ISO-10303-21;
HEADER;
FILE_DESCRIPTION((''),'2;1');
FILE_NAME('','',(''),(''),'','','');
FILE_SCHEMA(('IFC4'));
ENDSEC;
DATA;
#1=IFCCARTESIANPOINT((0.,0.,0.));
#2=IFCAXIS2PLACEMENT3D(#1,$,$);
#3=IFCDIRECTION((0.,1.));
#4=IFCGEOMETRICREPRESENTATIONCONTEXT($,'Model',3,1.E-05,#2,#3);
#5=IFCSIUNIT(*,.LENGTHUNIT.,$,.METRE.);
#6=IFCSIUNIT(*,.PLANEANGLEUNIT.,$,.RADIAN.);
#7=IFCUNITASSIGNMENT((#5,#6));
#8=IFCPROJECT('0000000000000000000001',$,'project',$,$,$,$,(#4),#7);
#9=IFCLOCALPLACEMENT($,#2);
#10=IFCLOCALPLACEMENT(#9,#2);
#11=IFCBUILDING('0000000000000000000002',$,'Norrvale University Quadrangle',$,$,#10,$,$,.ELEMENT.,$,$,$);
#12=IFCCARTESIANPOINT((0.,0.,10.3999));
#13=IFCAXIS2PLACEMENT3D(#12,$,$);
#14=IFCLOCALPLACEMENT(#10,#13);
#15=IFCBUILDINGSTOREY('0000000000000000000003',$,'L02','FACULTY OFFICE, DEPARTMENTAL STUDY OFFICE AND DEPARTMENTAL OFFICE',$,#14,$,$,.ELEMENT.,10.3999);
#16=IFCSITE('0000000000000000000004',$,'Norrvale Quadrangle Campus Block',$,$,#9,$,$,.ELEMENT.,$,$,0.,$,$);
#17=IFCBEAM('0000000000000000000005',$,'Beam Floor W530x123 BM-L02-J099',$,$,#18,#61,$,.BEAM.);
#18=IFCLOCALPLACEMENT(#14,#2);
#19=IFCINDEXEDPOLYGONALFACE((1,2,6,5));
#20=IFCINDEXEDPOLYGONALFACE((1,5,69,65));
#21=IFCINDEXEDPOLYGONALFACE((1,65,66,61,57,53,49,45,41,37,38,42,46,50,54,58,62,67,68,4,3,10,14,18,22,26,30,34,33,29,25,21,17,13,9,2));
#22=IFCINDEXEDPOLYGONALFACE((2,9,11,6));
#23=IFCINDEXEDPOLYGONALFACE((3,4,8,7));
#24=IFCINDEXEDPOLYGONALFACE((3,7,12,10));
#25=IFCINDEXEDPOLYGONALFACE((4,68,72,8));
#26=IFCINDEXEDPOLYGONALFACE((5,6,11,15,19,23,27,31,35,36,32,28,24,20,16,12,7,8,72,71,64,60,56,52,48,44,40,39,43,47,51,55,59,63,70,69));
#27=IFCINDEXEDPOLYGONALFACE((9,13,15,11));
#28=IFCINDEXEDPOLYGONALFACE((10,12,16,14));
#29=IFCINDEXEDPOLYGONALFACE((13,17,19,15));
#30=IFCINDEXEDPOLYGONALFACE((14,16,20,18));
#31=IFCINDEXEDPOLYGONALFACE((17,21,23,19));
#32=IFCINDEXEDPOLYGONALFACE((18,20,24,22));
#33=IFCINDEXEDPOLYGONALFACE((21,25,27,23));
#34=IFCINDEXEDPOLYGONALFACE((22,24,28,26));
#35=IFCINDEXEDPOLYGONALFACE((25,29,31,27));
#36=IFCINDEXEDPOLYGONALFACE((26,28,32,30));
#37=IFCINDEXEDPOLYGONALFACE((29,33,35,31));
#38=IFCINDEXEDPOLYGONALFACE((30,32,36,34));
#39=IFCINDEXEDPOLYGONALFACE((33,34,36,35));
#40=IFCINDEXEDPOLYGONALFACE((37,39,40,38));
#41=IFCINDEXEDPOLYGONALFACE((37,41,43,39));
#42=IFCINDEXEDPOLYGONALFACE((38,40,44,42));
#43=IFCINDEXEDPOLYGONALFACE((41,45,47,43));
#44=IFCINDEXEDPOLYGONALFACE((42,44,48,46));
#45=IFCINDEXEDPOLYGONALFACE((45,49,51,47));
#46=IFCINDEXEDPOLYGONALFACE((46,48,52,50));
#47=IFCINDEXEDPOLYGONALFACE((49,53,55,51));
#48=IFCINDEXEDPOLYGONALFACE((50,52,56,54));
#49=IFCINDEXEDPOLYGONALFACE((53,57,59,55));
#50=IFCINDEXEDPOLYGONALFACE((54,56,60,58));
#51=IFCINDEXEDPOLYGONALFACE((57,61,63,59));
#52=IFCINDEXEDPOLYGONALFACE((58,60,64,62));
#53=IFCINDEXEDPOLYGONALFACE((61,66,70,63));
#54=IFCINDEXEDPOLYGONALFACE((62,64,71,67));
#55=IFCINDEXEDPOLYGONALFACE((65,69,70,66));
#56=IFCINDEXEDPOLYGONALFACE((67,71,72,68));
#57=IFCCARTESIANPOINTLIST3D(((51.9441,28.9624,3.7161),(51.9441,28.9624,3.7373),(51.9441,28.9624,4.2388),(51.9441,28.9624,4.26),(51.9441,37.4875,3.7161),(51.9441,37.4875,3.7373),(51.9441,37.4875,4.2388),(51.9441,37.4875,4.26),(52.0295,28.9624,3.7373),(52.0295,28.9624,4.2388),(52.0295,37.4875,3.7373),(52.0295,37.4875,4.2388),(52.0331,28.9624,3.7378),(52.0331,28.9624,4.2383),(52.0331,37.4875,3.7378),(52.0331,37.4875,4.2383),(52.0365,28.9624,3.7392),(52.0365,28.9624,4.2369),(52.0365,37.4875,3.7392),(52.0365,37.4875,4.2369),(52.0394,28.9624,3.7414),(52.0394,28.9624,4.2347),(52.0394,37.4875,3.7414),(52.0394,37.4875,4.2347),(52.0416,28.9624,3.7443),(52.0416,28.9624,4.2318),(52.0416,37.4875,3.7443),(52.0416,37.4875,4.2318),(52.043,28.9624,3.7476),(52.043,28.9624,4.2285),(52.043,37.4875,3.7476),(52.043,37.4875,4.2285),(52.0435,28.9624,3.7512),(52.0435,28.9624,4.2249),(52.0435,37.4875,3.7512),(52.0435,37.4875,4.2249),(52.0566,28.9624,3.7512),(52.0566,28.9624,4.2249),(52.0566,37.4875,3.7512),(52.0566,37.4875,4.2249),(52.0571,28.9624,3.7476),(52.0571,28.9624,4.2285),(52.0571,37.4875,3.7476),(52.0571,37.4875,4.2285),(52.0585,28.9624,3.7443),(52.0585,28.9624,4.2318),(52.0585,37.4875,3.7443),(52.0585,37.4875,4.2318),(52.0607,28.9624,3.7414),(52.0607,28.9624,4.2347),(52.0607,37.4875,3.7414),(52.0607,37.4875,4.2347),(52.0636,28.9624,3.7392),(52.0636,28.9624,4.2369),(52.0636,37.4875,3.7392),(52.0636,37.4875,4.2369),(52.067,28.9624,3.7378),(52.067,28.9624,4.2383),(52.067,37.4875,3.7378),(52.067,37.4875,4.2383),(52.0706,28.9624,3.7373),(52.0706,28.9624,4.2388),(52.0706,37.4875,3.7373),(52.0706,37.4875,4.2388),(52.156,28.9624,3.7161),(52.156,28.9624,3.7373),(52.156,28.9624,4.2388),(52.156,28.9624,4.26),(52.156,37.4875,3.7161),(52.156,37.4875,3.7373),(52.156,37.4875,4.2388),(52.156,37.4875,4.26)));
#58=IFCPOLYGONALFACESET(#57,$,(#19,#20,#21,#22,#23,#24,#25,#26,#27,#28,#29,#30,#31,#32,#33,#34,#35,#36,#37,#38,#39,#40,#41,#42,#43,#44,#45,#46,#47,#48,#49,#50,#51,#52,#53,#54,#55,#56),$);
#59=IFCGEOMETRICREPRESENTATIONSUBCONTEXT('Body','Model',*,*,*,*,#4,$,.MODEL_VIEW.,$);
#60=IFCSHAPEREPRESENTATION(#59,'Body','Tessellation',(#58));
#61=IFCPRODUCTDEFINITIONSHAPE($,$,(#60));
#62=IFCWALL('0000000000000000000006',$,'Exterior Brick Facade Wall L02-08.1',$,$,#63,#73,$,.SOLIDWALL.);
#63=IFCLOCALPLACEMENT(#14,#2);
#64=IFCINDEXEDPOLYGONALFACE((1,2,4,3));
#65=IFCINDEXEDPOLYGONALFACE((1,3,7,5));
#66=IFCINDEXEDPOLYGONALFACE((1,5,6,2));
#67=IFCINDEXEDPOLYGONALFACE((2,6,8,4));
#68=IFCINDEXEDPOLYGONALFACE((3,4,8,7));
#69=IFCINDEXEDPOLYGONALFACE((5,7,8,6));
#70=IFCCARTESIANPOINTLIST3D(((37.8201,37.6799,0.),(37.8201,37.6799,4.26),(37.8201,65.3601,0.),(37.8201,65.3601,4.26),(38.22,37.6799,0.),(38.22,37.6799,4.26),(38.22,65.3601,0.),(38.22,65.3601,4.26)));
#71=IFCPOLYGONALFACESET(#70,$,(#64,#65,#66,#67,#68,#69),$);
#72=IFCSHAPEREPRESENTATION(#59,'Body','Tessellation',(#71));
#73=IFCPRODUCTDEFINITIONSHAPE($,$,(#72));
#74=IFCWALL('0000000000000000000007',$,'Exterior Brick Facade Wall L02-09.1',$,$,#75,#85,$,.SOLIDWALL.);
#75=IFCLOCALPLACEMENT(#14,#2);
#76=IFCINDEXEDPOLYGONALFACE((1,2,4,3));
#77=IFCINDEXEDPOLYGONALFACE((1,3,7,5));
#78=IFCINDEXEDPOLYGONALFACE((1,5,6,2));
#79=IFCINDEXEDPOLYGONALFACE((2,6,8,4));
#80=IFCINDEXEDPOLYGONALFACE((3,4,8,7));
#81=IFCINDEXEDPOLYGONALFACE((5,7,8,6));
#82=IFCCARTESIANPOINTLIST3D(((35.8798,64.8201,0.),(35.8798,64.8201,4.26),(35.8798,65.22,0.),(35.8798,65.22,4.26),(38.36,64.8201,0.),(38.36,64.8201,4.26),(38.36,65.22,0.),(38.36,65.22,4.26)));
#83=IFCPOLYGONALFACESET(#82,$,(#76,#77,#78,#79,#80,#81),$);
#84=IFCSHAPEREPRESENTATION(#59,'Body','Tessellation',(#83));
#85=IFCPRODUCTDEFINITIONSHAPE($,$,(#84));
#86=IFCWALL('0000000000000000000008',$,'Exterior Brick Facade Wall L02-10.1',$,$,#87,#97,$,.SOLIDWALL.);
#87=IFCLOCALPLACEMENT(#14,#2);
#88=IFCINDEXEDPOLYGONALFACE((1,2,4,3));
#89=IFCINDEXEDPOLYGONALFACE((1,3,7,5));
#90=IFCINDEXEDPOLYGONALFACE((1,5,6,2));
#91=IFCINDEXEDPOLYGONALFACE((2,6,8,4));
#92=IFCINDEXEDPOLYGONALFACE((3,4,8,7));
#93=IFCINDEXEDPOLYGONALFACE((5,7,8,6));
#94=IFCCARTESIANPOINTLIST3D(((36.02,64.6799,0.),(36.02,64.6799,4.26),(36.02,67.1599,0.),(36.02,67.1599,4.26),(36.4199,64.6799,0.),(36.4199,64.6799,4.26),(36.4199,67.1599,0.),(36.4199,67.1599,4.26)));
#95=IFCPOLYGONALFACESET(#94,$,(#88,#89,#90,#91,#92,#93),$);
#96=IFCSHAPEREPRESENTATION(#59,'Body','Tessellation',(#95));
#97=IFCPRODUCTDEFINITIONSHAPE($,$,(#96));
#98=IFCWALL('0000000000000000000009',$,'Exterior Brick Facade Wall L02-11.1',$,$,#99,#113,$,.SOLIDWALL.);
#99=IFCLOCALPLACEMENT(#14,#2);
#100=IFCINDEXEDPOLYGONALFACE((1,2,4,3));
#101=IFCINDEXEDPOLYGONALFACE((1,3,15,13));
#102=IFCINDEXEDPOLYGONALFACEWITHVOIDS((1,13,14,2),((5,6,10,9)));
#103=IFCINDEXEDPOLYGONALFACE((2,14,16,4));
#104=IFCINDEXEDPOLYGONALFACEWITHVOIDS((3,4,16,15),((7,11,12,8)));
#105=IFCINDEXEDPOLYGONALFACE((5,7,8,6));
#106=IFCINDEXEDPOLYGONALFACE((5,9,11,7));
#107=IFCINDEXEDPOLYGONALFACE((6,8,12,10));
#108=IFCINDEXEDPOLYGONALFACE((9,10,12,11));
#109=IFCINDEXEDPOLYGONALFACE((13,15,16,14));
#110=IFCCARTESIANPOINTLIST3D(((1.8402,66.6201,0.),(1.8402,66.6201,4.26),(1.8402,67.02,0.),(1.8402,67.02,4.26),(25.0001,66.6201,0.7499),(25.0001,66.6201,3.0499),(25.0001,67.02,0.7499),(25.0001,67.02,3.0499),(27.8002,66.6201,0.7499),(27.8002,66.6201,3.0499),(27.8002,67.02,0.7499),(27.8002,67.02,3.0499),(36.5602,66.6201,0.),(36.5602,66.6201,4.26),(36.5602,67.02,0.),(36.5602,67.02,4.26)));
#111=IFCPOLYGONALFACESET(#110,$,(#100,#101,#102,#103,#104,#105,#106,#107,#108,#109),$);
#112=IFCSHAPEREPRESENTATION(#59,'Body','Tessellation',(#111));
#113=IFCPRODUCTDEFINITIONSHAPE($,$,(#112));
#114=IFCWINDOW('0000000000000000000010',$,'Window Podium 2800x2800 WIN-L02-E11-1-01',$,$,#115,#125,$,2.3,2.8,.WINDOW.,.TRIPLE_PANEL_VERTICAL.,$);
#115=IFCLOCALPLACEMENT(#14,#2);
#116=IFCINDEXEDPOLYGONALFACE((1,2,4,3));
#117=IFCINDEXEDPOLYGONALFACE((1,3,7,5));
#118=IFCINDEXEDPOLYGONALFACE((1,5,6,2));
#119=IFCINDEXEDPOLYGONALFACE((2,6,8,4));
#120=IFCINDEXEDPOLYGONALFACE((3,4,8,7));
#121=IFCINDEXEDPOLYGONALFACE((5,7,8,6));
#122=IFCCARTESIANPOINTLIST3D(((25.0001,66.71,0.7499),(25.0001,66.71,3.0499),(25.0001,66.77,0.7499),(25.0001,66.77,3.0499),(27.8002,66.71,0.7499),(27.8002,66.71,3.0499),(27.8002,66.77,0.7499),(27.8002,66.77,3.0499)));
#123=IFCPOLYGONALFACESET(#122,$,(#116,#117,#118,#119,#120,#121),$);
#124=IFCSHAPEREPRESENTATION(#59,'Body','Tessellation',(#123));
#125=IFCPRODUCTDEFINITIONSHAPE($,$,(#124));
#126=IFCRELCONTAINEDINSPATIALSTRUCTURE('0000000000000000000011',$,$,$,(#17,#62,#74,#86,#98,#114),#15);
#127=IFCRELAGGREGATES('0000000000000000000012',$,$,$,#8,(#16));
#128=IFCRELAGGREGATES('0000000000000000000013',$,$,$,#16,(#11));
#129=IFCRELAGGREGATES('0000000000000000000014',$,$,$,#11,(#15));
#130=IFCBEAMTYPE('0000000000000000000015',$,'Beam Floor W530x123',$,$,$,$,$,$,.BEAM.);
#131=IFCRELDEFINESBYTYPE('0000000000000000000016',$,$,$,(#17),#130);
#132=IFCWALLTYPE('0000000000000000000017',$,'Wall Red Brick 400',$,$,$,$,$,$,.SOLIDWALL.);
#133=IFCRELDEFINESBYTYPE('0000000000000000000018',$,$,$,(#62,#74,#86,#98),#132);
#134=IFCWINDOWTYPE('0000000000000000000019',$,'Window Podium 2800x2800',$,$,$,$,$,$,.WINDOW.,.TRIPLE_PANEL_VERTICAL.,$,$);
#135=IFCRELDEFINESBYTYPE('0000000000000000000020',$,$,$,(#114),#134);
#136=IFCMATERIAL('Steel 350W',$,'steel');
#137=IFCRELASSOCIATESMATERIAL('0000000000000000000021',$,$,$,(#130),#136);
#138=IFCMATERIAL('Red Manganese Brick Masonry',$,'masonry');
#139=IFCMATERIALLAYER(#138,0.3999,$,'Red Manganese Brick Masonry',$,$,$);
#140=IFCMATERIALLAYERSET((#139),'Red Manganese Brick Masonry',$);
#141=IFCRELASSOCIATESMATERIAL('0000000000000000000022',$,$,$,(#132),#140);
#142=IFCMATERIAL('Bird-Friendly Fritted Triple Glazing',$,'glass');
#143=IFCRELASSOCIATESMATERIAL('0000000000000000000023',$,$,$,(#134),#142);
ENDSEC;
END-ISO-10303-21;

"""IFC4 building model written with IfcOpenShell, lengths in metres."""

from ifc_helpers import new_model, si_unit, direction, frame, frame_2d, origin, origin_2d, place, context, subcontext, project, spatial, rectangle, i_section, extrude, material, layer, layer_set, material_profile, profile_set, type_object, element, fill, save


model = new_model("IFC4")

# Units and contexts
model_context = context("Model", 3, precision=1e-05, world=origin(), true_north=direction((0.0, 1.0)))
body_context = subcontext(model_context, "Body", "Model", "MODEL_VIEW")
ifc_project = project(units=[si_unit("LENGTHUNIT", "METRE"), si_unit("PLANEANGLEUNIT", "RADIAN")], contexts=[model_context])

# Site, building, storey
site_placement = place(None, origin())
site = spatial("IfcSite", under=ifc_project, at=site_placement, Name="Norrvale Quadrangle Campus Block", CompositionType="ELEMENT", RefElevation=0.0)
building_placement = place(site_placement, origin())
building = spatial("IfcBuilding", under=site, at=building_placement, Name="Norrvale University Quadrangle", CompositionType="ELEMENT")
storey_placement = place(building_placement, frame((0.0, 0.0, 10.3999)))
storey = spatial("IfcBuildingStorey", under=building, at=storey_placement, Name="L02", Description="FACULTY OFFICE, DEPARTMENTAL STUDY OFFICE AND DEPARTMENTAL OFFICE", CompositionType="ELEMENT", Elevation=10.3999)

# Beam
ifc_material_1 = material(Name="Steel 350W", Category="steel")
ifc_material_profile_1 = material_profile(ifc_material_1, i_section(OverallWidth=0.2119, OverallDepth=0.5439, WebThickness=0.0132, FlangeThickness=0.0212, FilletRadius=0.0139, at=origin_2d()), Name="Steel 350W")
ifc_profile_set_1 = profile_set([ifc_material_profile_1], Name="Steel 350W")
beam_type_1 = type_object("IfcBeamType", Name="Beam Floor W530x123", PredefinedType="BEAM", material=ifc_profile_set_1)
beam_1_placement = place(storey_placement, frame((52.05, 28.9624, 3.988), z_axis=(0.0, 1.0, 0.0), x_axis=(-1.0, 0.0, 0.0)))
element("IfcBeam", 1, at=beam_1_placement, inside=storey, type_object=beam_type_1, Name="Beam Floor W530x123 BM-L02-J099", PredefinedType="BEAM", context=body_context, shape_type="SweptSolid", body=[
    extrude(i_section(OverallWidth=0.2119, OverallDepth=0.5439, WebThickness=0.0132, FlangeThickness=0.0212, FilletRadius=0.0139, at=origin_2d()), origin(), (0.0, 0.0, 1.0), 8.5251),
])

# Walls
ifc_material_2 = material(Name="Red Manganese Brick Masonry", Category="masonry")
ifc_layer = layer(ifc_material_2, 0.3999, Name="Red Manganese Brick Masonry")
ifc_layer_set = layer_set([ifc_layer], Name="Red Manganese Brick Masonry")
wall_type = type_object("IfcWallType", Name="Wall Red Brick 400", PredefinedType="SOLIDWALL", material=ifc_layer_set)
wall_1_placement = place(storey_placement, frame((38.02, 37.6799, 0.0), z_axis=(0.0, 0.0, 1.0), x_axis=(0.0, 1.0, 0.0)))
element("IfcWall", 2, at=wall_1_placement, inside=storey, type_object=wall_type, Name="Exterior Brick Facade Wall L02-08.1", PredefinedType="SOLIDWALL", context=body_context, shape_type="SweptSolid", body=[
    extrude(rectangle(XDim=27.6802, YDim=0.3999, at=frame_2d((13.8401, 0.0))), origin(), (0.0, 0.0, 1.0), 4.26),
])
wall_2_placement = place(storey_placement, frame((38.3601, 65.02, 0.0), z_axis=(0.0, 0.0, 1.0), x_axis=(-1.0, 0.0, 0.0)))
element("IfcWall", 3, at=wall_2_placement, inside=storey, type_object=wall_type, Name="Exterior Brick Facade Wall L02-09.1", PredefinedType="SOLIDWALL", context=body_context, shape_type="SweptSolid", body=[
    extrude(rectangle(XDim=2.4802, YDim=0.3999, at=frame_2d((1.2402, 0.0))), origin(), (0.0, 0.0, 1.0), 4.26),
])
wall_3_placement = place(storey_placement, frame((36.22, 64.6799, 0.0), z_axis=(0.0, 0.0, 1.0), x_axis=(0.0, 1.0, 0.0)))
element("IfcWall", 4, at=wall_3_placement, inside=storey, type_object=wall_type, Name="Exterior Brick Facade Wall L02-10.1", PredefinedType="SOLIDWALL", context=body_context, shape_type="SweptSolid", body=[
    extrude(rectangle(XDim=2.48, YDim=0.3999, at=frame_2d((1.24, 0.0))), origin(), (0.0, 0.0, 1.0), 4.26),
])

# Wall, opening, window
wall_4_placement = place(storey_placement, frame((36.5601, 66.8201, 0.0), z_axis=(0.0, 0.0, 1.0), x_axis=(-1.0, 0.0, 0.0)))
wall_4 = element("IfcWall", 5, at=wall_4_placement, inside=storey, type_object=wall_type, Name="Exterior Brick Facade Wall L02-11.1", PredefinedType="SOLIDWALL", context=body_context, shape_type="SweptSolid", body=[
    extrude(rectangle(XDim=34.72, YDim=0.3999, at=frame_2d((17.3599, 0.0))), origin(), (0.0, 0.0, 1.0), 4.26),
])
opening_placement = place(wall_4_placement, frame((8.76, 0.0, 0.75)))
opening = element("IfcOpeningElement", 6, at=opening_placement, cuts=wall_4, PredefinedType="OPENING", context=body_context, shape_type="SweptSolid", body=[
    extrude(rectangle(XDim=2.8, YDim=2.3, at=frame_2d((1.3999, 1.1499))), frame((0.0, 0.2119, 0.0), z_axis=(0.0, -1.0, 0.0), x_axis=(1.0, 0.0, 0.0)), (0.0, 0.0, 1.0), 0.4238),
])
ifc_material_3 = material(Name="Bird-Friendly Fritted Triple Glazing", Category="glass")
window_type = type_object("IfcWindowType", Name="Window Podium 2800x2800", PartitioningType="TRIPLE_PANEL_VERTICAL", PredefinedType="WINDOW", material=ifc_material_3)
window_placement = place(opening_placement, origin())
window = element("IfcWindow", 7, at=window_placement, inside=storey, type_object=window_type, Name="Window Podium 2800x2800 WIN-L02-E11-1-01", OverallHeight=2.3, OverallWidth=2.8, PartitioningType="TRIPLE_PANEL_VERTICAL", PredefinedType="WINDOW", context=body_context, shape_type="SweptSolid", body=[
    extrude(rectangle(XDim=2.8, YDim=2.3, at=frame_2d((1.3999, 1.1499))), frame((0.0, 0.1101, 0.0), z_axis=(0.0, -1.0, 0.0), x_axis=(1.0, 0.0, 0.0)), (0.0, 0.0, 1.0), 0.0601),
])
fill(opening, window)

save(model, "model.ifc")
